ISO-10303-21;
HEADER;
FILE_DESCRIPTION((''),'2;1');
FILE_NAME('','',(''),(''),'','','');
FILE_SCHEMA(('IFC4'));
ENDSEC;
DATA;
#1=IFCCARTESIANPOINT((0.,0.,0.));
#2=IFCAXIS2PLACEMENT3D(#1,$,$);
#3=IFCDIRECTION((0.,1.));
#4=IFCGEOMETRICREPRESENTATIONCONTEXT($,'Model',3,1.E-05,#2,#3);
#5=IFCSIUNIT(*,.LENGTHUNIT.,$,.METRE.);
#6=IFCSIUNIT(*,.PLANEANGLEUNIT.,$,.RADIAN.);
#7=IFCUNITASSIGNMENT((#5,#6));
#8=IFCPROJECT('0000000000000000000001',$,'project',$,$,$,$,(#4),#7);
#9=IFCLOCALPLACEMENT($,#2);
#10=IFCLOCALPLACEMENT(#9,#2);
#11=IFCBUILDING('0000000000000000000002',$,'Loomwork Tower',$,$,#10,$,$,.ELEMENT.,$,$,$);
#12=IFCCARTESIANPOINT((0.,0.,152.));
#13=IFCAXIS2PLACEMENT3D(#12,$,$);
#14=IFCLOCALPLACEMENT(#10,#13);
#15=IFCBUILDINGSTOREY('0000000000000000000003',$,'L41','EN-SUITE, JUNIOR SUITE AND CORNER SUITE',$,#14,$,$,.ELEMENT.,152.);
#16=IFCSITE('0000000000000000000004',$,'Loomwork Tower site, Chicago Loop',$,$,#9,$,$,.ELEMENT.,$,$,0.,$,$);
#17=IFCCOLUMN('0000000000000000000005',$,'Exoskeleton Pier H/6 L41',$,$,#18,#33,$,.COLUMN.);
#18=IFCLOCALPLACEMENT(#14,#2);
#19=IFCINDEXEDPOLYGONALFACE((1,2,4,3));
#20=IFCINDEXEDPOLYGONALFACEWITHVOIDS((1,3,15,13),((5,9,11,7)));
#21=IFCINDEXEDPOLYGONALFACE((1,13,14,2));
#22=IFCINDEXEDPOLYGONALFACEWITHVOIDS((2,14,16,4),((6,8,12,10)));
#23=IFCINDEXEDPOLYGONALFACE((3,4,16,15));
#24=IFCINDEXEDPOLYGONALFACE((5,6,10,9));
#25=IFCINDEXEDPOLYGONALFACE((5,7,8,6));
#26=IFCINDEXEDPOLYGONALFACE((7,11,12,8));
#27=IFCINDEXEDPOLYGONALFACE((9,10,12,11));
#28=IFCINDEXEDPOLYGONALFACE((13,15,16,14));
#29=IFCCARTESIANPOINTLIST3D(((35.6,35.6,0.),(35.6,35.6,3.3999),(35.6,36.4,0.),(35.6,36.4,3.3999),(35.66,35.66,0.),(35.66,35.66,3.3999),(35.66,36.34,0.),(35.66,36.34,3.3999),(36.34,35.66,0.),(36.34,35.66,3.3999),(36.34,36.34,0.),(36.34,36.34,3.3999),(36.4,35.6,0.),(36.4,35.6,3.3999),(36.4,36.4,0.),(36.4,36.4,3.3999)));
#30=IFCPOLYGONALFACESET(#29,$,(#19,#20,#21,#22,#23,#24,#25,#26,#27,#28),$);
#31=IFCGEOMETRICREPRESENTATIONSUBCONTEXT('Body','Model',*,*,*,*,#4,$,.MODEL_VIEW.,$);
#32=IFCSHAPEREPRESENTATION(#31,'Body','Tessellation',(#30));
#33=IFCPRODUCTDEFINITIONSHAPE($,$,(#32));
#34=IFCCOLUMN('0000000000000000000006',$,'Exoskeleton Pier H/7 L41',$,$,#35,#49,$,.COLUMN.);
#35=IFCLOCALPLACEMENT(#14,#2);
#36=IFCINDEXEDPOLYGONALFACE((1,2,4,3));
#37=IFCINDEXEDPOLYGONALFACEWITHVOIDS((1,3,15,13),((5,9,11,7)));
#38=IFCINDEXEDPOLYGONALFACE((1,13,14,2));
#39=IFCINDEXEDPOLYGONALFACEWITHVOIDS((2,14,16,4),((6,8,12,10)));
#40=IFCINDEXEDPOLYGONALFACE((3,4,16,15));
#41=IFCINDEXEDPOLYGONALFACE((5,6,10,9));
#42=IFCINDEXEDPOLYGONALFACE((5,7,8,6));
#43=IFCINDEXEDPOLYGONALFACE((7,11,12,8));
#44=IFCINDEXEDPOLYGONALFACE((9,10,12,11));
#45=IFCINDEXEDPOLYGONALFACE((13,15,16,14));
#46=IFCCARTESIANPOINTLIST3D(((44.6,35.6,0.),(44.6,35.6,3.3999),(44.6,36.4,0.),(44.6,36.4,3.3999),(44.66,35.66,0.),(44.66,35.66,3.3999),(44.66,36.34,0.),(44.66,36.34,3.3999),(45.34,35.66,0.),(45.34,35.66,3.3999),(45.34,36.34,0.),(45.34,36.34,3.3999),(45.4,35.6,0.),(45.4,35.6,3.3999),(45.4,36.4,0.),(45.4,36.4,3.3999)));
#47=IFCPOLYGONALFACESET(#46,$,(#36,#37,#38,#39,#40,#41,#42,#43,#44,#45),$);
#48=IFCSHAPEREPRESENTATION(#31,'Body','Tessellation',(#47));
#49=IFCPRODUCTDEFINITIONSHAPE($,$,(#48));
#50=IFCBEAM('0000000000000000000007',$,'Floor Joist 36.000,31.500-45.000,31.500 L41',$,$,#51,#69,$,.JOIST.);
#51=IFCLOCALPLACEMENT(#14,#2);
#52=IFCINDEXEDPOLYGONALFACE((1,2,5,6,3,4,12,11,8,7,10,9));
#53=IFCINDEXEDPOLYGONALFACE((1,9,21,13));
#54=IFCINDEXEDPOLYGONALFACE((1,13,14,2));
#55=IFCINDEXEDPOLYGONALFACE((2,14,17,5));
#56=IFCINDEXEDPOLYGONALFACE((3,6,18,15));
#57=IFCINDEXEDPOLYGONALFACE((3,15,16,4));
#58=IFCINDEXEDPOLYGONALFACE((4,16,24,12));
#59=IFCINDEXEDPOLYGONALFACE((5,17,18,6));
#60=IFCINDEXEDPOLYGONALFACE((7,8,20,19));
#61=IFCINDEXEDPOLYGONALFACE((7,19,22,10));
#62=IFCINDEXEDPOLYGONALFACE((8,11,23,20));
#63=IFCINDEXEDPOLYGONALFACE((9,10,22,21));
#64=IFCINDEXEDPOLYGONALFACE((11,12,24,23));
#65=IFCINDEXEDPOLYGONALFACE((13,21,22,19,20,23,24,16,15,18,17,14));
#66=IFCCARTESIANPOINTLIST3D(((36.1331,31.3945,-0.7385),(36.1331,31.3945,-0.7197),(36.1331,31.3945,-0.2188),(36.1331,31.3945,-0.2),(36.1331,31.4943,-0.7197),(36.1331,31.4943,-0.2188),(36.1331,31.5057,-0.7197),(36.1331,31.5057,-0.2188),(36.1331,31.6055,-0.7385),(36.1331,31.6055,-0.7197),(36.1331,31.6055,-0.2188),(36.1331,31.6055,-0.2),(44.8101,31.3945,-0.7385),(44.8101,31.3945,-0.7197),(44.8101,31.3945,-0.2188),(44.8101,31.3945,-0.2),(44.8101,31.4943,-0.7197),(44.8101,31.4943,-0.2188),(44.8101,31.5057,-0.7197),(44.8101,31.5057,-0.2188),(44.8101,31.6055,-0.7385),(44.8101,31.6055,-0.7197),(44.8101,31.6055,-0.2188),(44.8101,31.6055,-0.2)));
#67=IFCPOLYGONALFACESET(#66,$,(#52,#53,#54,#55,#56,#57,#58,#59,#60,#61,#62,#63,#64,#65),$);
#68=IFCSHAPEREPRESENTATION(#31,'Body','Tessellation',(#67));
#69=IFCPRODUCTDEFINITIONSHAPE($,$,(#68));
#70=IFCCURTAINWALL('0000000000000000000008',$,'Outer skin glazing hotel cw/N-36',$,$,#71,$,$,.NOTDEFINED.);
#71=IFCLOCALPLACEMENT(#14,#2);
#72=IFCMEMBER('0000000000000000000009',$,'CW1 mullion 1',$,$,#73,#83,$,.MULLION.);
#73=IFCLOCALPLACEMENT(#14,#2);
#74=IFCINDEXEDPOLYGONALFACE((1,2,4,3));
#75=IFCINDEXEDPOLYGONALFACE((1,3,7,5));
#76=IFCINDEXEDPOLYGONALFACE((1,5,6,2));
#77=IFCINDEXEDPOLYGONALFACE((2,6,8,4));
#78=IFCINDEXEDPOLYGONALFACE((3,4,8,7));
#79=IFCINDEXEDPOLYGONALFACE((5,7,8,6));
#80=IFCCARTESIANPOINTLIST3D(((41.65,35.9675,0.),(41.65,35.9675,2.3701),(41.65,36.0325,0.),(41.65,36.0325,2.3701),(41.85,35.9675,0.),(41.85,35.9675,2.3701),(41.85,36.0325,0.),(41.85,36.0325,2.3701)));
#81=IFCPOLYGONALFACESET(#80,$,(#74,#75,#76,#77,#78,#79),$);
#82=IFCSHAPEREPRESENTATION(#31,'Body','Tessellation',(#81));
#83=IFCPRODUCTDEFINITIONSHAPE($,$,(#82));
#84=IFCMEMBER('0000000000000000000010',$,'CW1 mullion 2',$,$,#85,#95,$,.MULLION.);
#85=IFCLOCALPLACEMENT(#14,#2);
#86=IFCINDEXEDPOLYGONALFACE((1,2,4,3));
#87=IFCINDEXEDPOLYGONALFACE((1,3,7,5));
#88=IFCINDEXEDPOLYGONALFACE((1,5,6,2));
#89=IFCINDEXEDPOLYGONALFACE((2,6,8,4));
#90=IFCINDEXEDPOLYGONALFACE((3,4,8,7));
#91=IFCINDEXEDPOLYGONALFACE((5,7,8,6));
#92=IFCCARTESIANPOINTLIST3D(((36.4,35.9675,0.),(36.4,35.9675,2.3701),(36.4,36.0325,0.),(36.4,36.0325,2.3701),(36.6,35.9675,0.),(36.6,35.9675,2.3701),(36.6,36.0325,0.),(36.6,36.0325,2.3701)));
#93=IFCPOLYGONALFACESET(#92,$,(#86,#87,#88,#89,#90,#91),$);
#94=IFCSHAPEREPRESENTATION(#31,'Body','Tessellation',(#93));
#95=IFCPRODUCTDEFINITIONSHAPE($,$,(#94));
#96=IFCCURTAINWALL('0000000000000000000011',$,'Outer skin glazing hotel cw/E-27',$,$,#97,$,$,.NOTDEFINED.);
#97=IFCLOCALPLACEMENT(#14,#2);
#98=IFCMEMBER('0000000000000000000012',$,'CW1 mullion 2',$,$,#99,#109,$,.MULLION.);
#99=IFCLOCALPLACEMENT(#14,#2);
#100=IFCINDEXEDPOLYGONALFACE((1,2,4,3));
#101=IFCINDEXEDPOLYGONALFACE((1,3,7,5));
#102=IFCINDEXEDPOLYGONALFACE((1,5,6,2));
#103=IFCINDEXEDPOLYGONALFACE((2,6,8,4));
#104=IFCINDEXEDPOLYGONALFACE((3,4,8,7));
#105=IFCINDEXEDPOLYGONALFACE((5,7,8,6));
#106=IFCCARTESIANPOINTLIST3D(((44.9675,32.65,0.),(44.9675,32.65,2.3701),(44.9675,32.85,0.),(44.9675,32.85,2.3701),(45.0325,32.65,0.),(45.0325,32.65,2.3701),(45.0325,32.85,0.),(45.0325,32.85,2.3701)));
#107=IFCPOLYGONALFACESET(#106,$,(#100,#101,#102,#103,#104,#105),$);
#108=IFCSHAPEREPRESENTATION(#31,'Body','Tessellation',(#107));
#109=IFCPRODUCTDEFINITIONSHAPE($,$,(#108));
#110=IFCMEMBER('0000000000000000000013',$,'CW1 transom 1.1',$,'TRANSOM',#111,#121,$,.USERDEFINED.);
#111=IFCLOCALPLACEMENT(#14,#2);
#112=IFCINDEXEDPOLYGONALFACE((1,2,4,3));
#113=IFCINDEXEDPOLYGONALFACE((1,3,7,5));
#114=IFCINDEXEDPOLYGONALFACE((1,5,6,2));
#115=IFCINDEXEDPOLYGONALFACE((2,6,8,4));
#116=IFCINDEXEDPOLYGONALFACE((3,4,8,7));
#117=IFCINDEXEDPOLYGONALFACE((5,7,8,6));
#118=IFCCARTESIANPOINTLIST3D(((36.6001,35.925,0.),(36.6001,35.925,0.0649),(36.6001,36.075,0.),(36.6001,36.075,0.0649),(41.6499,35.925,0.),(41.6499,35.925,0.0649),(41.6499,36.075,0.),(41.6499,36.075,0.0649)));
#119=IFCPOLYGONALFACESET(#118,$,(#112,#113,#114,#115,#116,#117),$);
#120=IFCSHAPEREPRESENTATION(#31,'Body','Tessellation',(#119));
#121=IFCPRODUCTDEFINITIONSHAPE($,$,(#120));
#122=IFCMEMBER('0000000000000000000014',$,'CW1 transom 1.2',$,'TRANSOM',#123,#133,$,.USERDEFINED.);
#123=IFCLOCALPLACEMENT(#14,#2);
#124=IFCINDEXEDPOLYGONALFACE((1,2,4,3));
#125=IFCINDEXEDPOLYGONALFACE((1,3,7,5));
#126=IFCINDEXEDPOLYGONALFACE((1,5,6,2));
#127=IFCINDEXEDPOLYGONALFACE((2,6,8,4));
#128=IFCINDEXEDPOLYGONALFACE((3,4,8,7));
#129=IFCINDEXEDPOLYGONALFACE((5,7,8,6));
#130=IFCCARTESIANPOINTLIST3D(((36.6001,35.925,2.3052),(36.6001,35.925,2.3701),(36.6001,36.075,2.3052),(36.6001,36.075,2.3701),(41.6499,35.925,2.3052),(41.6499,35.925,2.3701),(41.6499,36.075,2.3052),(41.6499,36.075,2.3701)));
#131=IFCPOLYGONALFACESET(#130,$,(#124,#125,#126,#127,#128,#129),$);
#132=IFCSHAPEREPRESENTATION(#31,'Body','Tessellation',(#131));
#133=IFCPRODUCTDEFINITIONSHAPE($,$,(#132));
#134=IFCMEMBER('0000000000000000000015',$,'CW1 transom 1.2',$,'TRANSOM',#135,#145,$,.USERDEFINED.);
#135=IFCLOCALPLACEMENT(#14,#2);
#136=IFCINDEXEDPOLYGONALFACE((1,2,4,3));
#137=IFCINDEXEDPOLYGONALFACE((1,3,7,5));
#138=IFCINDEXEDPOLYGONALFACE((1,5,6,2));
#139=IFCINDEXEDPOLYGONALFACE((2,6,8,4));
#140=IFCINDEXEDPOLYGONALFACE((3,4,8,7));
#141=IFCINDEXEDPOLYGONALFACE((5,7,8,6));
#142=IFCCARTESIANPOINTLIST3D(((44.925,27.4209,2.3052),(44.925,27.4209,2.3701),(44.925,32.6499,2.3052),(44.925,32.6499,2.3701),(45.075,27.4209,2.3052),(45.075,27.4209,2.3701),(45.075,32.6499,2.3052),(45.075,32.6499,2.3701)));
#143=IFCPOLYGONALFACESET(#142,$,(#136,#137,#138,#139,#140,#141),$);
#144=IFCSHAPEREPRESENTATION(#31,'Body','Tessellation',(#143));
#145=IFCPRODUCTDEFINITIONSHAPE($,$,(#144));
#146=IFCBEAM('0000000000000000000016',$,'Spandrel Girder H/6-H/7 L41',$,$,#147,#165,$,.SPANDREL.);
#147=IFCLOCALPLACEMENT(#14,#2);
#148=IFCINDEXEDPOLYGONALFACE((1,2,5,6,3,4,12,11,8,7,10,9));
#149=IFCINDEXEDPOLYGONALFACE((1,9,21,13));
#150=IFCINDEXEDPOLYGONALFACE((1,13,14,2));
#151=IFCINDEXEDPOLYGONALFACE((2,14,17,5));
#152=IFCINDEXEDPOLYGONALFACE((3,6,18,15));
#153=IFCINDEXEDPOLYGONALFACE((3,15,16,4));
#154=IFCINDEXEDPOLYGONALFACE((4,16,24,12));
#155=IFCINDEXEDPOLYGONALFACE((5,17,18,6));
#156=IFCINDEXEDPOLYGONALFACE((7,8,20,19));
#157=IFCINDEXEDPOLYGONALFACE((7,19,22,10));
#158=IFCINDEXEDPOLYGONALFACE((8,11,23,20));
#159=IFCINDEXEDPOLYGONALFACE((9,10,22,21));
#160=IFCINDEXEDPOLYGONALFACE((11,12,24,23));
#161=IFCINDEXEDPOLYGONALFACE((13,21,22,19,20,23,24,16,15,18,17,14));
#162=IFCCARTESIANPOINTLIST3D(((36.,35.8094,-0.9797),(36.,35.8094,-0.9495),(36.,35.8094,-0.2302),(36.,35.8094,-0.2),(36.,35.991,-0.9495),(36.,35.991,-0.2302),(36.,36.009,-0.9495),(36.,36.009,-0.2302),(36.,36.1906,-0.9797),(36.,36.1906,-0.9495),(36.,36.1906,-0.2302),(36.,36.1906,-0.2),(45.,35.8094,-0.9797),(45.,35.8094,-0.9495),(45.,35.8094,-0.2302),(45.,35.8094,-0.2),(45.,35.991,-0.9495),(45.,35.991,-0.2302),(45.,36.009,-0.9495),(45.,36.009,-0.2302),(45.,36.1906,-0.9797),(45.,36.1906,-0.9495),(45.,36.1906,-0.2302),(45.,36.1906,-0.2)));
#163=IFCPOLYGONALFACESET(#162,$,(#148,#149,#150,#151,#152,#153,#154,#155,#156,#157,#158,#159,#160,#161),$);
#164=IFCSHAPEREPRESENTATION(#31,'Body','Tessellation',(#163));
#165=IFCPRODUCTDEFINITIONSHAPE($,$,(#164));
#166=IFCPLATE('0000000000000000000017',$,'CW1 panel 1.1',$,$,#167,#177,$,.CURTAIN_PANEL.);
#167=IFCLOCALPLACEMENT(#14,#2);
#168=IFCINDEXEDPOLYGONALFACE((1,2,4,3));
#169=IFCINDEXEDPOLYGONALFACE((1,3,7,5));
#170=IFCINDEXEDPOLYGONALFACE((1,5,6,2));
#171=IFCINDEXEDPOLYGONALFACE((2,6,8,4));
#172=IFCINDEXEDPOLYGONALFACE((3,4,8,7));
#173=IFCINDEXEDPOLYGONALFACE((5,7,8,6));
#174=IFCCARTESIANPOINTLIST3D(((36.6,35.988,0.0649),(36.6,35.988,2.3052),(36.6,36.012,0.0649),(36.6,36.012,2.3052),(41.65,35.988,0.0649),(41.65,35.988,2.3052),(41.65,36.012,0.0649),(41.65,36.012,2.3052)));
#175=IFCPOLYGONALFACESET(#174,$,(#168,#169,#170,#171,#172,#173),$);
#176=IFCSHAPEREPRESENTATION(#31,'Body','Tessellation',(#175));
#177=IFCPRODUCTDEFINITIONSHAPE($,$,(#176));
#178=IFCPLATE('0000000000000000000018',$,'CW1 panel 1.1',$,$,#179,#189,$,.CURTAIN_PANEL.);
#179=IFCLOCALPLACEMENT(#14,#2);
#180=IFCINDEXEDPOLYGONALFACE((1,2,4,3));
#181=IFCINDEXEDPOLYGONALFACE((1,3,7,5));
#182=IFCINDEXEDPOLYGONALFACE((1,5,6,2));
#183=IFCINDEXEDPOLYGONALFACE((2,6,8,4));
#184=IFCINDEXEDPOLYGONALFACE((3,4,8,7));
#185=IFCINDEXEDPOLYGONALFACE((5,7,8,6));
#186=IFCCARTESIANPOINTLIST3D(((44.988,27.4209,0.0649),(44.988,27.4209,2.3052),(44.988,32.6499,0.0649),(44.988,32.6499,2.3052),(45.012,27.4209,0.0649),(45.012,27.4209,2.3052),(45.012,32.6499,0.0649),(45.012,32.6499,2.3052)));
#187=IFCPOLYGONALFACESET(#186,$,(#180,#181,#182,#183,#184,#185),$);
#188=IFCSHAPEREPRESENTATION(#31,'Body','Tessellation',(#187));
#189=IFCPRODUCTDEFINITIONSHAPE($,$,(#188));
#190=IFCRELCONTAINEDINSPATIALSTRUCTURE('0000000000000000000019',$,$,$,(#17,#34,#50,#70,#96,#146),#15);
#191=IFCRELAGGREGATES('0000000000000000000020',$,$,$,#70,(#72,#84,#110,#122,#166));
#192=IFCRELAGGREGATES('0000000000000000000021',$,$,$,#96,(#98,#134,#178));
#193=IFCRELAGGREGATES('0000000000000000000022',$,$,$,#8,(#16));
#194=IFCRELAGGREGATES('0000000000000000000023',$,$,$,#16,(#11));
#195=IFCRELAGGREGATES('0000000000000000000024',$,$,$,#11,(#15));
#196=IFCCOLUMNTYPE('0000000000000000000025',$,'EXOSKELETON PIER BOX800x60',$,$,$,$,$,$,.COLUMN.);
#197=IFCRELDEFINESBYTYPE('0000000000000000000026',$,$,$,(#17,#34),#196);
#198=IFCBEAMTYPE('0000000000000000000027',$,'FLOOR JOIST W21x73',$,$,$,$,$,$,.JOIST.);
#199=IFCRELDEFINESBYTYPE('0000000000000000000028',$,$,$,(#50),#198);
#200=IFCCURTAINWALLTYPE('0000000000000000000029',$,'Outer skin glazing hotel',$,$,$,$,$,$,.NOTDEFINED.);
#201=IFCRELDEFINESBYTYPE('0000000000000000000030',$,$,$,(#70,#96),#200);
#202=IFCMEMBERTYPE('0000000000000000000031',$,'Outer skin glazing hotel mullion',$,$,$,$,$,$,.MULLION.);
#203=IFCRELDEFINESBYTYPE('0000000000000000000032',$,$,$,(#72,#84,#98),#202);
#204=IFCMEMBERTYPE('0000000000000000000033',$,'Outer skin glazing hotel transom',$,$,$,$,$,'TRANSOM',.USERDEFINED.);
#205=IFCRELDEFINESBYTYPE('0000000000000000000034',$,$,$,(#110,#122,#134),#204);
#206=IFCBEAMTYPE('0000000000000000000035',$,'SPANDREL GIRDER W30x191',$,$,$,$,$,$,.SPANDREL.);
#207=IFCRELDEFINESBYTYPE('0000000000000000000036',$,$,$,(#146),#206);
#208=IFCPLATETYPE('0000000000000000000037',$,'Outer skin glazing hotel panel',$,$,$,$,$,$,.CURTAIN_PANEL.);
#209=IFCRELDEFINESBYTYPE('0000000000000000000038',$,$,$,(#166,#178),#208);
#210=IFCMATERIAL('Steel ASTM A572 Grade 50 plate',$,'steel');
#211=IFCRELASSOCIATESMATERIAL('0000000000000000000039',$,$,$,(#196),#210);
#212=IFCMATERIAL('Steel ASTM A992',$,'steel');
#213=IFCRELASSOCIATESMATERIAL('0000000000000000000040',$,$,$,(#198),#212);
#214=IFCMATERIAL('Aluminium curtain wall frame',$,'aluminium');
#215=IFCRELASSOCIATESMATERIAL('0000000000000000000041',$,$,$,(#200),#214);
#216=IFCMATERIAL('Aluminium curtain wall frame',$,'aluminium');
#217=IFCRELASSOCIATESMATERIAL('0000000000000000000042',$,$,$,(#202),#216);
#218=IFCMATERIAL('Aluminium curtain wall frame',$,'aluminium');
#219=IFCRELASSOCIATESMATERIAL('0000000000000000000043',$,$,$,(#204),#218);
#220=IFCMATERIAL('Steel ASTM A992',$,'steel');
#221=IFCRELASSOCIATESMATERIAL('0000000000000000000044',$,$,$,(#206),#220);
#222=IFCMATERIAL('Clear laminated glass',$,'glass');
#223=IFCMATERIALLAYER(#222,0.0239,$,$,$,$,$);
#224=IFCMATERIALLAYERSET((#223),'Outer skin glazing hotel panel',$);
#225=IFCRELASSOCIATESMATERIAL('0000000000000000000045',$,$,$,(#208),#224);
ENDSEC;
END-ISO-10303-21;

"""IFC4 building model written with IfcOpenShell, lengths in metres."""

from ifc_helpers import new_model, si_unit, direction, frame, origin, origin_2d, place, context, subcontext, project, spatial, rectangle, hollow_rectangle, i_section, extrude, material, layer, layer_set, material_profile, profile_set, type_object, element, aggregate, save


model = new_model("IFC4")

# Units and contexts
model_context = context("Model", 3, precision=1e-05, world=origin(), true_north=direction((0.0, 1.0)))
body_context = subcontext(model_context, "Body", "Model", "MODEL_VIEW")
ifc_project = project(units=[si_unit("LENGTHUNIT", "METRE"), si_unit("PLANEANGLEUNIT", "RADIAN")], contexts=[model_context])

# Site, building, storey
site_placement = place(None, origin())
site = spatial("IfcSite", under=ifc_project, at=site_placement, Name="Loomwork Tower site, Chicago Loop", CompositionType="ELEMENT", RefElevation=0.0)
building_placement = place(site_placement, origin())
building = spatial("IfcBuilding", under=site, at=building_placement, Name="Loomwork Tower", CompositionType="ELEMENT")
storey_placement = place(building_placement, frame((0.0, 0.0, 152.0)))
storey = spatial("IfcBuildingStorey", under=building, at=storey_placement, Name="L41", Description="EN-SUITE, JUNIOR SUITE AND CORNER SUITE", CompositionType="ELEMENT", Elevation=152.0)

# Columns
ifc_material_1 = material(Name="Steel ASTM A572 Grade 50 plate", Category="steel")
ifc_material_profile_1 = material_profile(ifc_material_1, hollow_rectangle(XDim=0.8, YDim=0.8, WallThickness=0.0601, at=origin_2d()), Name="BOX800x60")
ifc_profile_set_1 = profile_set([ifc_material_profile_1], Name="Steel ASTM A572 Grade 50 plate")
column_type = type_object("IfcColumnType", Name="EXOSKELETON PIER BOX800x60", PredefinedType="COLUMN", material=ifc_profile_set_1)
for number, where, z_axis, x_axis, name in (
    (1, (36.0, 36.0, 0.0), (0.0, 0.0, 1.0), (1.0, 0.0, 0.0), "Exoskeleton Pier H/6 L41"),
    (2, (45.0, 36.0, 0.0), (0.0, 0.0, 1.0), (1.0, 0.0, 0.0), "Exoskeleton Pier H/7 L41"),
):
    element("IfcColumn", number, at=place(storey_placement, frame(where, z_axis=z_axis, x_axis=x_axis)), inside=storey, type_object=column_type, Name=name, PredefinedType="COLUMN", context=body_context, shape_type="SweptSolid", body=[
        extrude(hollow_rectangle(XDim=0.8, YDim=0.8, WallThickness=0.0601, at=origin_2d()), origin(), (0.0, 0.0, 1.0), 3.3999),
    ])

# Beam
ifc_material_2 = material(Name="Steel ASTM A992", Category="steel")
ifc_material_profile_2 = material_profile(ifc_material_2, i_section(OverallWidth=0.2109, OverallDepth=0.5386, WebThickness=0.0115, FlangeThickness=0.0188, at=origin_2d()), Name="W21x73")
ifc_profile_set_2 = profile_set([ifc_material_profile_2], Name="Steel ASTM A992")
beam_type_1 = type_object("IfcBeamType", Name="FLOOR JOIST W21x73", PredefinedType="JOIST", material=ifc_profile_set_2)
beam_1_placement = place(storey_placement, frame((36.1331, 31.5, -0.4692), z_axis=(1.0, 0.0, 0.0), x_axis=(0.0, 1.0, 0.0)))
element("IfcBeam", 3, at=beam_1_placement, inside=storey, type_object=beam_type_1, Name="Floor Joist 36.000,31.500-45.000,31.500 L41", PredefinedType="JOIST", context=body_context, shape_type="SweptSolid", body=[
    extrude(i_section(OverallWidth=0.2109, OverallDepth=0.5386, WebThickness=0.0115, FlangeThickness=0.0188, at=origin_2d()), origin(), (0.0, 0.0, 1.0), 8.677),
])

# Curtain wall, members
ifc_material_3 = material(Name="Aluminium curtain wall frame", Category="aluminium")
curtain_wall_type = type_object("IfcCurtainWallType", Name="Outer skin glazing hotel", PredefinedType="NOTDEFINED", material=ifc_material_3)
curtain_wall_1_placement = place(storey_placement, origin())
curtain_wall_1 = element("IfcCurtainWall", 4, at=curtain_wall_1_placement, inside=storey, type_object=curtain_wall_type, Name="Outer skin glazing hotel cw/N-36", PredefinedType="NOTDEFINED")
ifc_material_4 = material(Name="Aluminium curtain wall frame", Category="aluminium")
ifc_material_profile_3 = material_profile(ifc_material_4, rectangle(XDim=0.0649, YDim=0.2, at=origin_2d()), Name="AL 65x200")
ifc_profile_set_3 = profile_set([ifc_material_profile_3], Name="Aluminium curtain wall frame")
member_type_1 = type_object("IfcMemberType", Name="Outer skin glazing hotel mullion", PredefinedType="MULLION", material=ifc_profile_set_3)
member_1_placement = place(storey_placement, frame((41.75, 36.0, 0.0), z_axis=(0.0, 0.0, 1.0), x_axis=(0.0, -1.0, 0.0)))
member_1 = element("IfcMember", 5, at=member_1_placement, type_object=member_type_1, Name="CW1 mullion 1", PredefinedType="MULLION", context=body_context, shape_type="SweptSolid", body=[
    extrude(rectangle(XDim=0.0649, YDim=0.2, at=origin_2d()), origin(), (0.0, 0.0, 1.0), 2.3701),
])
member_2_placement = place(storey_placement, frame((36.5, 36.0, 0.0), z_axis=(0.0, 0.0, 1.0), x_axis=(0.0, -1.0, 0.0)))
member_2 = element("IfcMember", 6, at=member_2_placement, type_object=member_type_1, Name="CW1 mullion 2", PredefinedType="MULLION", context=body_context, shape_type="SweptSolid", body=[
    extrude(rectangle(XDim=0.0649, YDim=0.2, at=origin_2d()), origin(), (0.0, 0.0, 1.0), 2.3701),
])

# Curtain wall, member
curtain_wall_2_placement = place(storey_placement, origin())
curtain_wall_2 = element("IfcCurtainWall", 7, at=curtain_wall_2_placement, inside=storey, type_object=curtain_wall_type, Name="Outer skin glazing hotel cw/E-27", PredefinedType="NOTDEFINED")
member_3_placement = place(storey_placement, frame((45.0, 32.75, 0.0), z_axis=(0.0, 0.0, 1.0), x_axis=(-1.0, 0.0, 0.0)))
member_3 = element("IfcMember", 8, at=member_3_placement, type_object=member_type_1, Name="CW1 mullion 2", PredefinedType="MULLION", context=body_context, shape_type="SweptSolid", body=[
    extrude(rectangle(XDim=0.0649, YDim=0.2, at=origin_2d()), origin(), (0.0, 0.0, 1.0), 2.3701),
])

# Members
ifc_material_5 = material(Name="Aluminium curtain wall frame", Category="aluminium")
ifc_material_profile_4 = material_profile(ifc_material_5, rectangle(XDim=0.1499, YDim=0.0649, at=origin_2d()), Name="AL 65x150")
ifc_profile_set_4 = profile_set([ifc_material_profile_4], Name="Aluminium curtain wall frame")
member_type_2 = type_object("IfcMemberType", Name="Outer skin glazing hotel transom", ElementType="TRANSOM", PredefinedType="USERDEFINED", material=ifc_profile_set_4)
member_4_placement = place(storey_placement, frame((41.6499, 36.0, 0.0325), z_axis=(-1.0, 0.0, 0.0), x_axis=(0.0, -1.0, 0.0)))
member_4 = element("IfcMember", 9, at=member_4_placement, type_object=member_type_2, Name="CW1 transom 1.1", ObjectType="TRANSOM", PredefinedType="USERDEFINED", context=body_context, shape_type="SweptSolid", body=[
    extrude(rectangle(XDim=0.1499, YDim=0.0649, at=origin_2d()), origin(), (0.0, 0.0, 1.0), 5.0498),
])
member_5_placement = place(storey_placement, frame((41.6499, 36.0, 2.3376), z_axis=(-1.0, 0.0, 0.0), x_axis=(0.0, -1.0, 0.0)))
member_5 = element("IfcMember", 10, at=member_5_placement, type_object=member_type_2, Name="CW1 transom 1.2", ObjectType="TRANSOM", PredefinedType="USERDEFINED", context=body_context, shape_type="SweptSolid", body=[
    extrude(rectangle(XDim=0.1499, YDim=0.0649, at=origin_2d()), origin(), (0.0, 0.0, 1.0), 5.0498),
])
member_6_placement = place(storey_placement, frame((45.0, 27.4209, 2.3376), z_axis=(0.0, 1.0, 0.0), x_axis=(-1.0, 0.0, 0.0)))
member_6 = element("IfcMember", 11, at=member_6_placement, type_object=member_type_2, Name="CW1 transom 1.2", ObjectType="TRANSOM", PredefinedType="USERDEFINED", context=body_context, shape_type="SweptSolid", body=[
    extrude(rectangle(XDim=0.1499, YDim=0.0649, at=origin_2d()), origin(), (0.0, 0.0, 1.0), 5.229),
])

# Beam
ifc_material_6 = material(Name="Steel ASTM A992", Category="steel")
ifc_material_profile_5 = material_profile(ifc_material_6, i_section(OverallWidth=0.3811, OverallDepth=0.7798, WebThickness=0.0181, FlangeThickness=0.0303, at=origin_2d()), Name="W30x191")
ifc_profile_set_5 = profile_set([ifc_material_profile_5], Name="Steel ASTM A992")
beam_type_2 = type_object("IfcBeamType", Name="SPANDREL GIRDER W30x191", PredefinedType="SPANDREL", material=ifc_profile_set_5)
beam_2_placement = place(storey_placement, frame((36.0, 36.0, -0.5898), z_axis=(1.0, 0.0, 0.0), x_axis=(0.0, 1.0, 0.0)))
element("IfcBeam", 12, at=beam_2_placement, inside=storey, type_object=beam_type_2, Name="Spandrel Girder H/6-H/7 L41", PredefinedType="SPANDREL", context=body_context, shape_type="SweptSolid", body=[
    extrude(i_section(OverallWidth=0.3811, OverallDepth=0.7798, WebThickness=0.0181, FlangeThickness=0.0303, at=origin_2d()), origin(), (0.0, 0.0, 1.0), 9.0),
])

# Plates
ifc_material_7 = material(Name="Clear laminated glass", Category="glass")
ifc_layer_1 = layer(ifc_material_7, 0.0239)
ifc_layer_set_1 = layer_set([ifc_layer_1], Name="Outer skin glazing hotel panel")
plate_type = type_object("IfcPlateType", Name="Outer skin glazing hotel panel", PredefinedType="CURTAIN_PANEL", material=ifc_layer_set_1)
plate_1_placement = place(storey_placement, frame((39.125, 36.0, 0.0649), z_axis=(0.0, 0.0, 1.0), x_axis=(-1.0, 0.0, 0.0)))
plate_1 = element("IfcPlate", 13, at=plate_1_placement, type_object=plate_type, Name="CW1 panel 1.1", PredefinedType="CURTAIN_PANEL", context=body_context, shape_type="SweptSolid", body=[
    extrude(rectangle(XDim=5.05, YDim=0.0239, at=origin_2d()), origin(), (0.0, 0.0, 1.0), 2.2402),
])
aggregate(curtain_wall_1, [member_1, member_2, member_4, member_5, plate_1])
plate_2_placement = place(storey_placement, frame((45.0, 30.0354, 0.0649), z_axis=(0.0, 0.0, 1.0), x_axis=(0.0, 1.0, 0.0)))
plate_2 = element("IfcPlate", 14, at=plate_2_placement, type_object=plate_type, Name="CW1 panel 1.1", PredefinedType="CURTAIN_PANEL", context=body_context, shape_type="SweptSolid", body=[
    extrude(rectangle(XDim=5.229, YDim=0.0239, at=origin_2d()), origin(), (0.0, 0.0, 1.0), 2.2402),
])
aggregate(curtain_wall_2, [member_3, member_6, plate_2])

save(model, "model.ifc")
